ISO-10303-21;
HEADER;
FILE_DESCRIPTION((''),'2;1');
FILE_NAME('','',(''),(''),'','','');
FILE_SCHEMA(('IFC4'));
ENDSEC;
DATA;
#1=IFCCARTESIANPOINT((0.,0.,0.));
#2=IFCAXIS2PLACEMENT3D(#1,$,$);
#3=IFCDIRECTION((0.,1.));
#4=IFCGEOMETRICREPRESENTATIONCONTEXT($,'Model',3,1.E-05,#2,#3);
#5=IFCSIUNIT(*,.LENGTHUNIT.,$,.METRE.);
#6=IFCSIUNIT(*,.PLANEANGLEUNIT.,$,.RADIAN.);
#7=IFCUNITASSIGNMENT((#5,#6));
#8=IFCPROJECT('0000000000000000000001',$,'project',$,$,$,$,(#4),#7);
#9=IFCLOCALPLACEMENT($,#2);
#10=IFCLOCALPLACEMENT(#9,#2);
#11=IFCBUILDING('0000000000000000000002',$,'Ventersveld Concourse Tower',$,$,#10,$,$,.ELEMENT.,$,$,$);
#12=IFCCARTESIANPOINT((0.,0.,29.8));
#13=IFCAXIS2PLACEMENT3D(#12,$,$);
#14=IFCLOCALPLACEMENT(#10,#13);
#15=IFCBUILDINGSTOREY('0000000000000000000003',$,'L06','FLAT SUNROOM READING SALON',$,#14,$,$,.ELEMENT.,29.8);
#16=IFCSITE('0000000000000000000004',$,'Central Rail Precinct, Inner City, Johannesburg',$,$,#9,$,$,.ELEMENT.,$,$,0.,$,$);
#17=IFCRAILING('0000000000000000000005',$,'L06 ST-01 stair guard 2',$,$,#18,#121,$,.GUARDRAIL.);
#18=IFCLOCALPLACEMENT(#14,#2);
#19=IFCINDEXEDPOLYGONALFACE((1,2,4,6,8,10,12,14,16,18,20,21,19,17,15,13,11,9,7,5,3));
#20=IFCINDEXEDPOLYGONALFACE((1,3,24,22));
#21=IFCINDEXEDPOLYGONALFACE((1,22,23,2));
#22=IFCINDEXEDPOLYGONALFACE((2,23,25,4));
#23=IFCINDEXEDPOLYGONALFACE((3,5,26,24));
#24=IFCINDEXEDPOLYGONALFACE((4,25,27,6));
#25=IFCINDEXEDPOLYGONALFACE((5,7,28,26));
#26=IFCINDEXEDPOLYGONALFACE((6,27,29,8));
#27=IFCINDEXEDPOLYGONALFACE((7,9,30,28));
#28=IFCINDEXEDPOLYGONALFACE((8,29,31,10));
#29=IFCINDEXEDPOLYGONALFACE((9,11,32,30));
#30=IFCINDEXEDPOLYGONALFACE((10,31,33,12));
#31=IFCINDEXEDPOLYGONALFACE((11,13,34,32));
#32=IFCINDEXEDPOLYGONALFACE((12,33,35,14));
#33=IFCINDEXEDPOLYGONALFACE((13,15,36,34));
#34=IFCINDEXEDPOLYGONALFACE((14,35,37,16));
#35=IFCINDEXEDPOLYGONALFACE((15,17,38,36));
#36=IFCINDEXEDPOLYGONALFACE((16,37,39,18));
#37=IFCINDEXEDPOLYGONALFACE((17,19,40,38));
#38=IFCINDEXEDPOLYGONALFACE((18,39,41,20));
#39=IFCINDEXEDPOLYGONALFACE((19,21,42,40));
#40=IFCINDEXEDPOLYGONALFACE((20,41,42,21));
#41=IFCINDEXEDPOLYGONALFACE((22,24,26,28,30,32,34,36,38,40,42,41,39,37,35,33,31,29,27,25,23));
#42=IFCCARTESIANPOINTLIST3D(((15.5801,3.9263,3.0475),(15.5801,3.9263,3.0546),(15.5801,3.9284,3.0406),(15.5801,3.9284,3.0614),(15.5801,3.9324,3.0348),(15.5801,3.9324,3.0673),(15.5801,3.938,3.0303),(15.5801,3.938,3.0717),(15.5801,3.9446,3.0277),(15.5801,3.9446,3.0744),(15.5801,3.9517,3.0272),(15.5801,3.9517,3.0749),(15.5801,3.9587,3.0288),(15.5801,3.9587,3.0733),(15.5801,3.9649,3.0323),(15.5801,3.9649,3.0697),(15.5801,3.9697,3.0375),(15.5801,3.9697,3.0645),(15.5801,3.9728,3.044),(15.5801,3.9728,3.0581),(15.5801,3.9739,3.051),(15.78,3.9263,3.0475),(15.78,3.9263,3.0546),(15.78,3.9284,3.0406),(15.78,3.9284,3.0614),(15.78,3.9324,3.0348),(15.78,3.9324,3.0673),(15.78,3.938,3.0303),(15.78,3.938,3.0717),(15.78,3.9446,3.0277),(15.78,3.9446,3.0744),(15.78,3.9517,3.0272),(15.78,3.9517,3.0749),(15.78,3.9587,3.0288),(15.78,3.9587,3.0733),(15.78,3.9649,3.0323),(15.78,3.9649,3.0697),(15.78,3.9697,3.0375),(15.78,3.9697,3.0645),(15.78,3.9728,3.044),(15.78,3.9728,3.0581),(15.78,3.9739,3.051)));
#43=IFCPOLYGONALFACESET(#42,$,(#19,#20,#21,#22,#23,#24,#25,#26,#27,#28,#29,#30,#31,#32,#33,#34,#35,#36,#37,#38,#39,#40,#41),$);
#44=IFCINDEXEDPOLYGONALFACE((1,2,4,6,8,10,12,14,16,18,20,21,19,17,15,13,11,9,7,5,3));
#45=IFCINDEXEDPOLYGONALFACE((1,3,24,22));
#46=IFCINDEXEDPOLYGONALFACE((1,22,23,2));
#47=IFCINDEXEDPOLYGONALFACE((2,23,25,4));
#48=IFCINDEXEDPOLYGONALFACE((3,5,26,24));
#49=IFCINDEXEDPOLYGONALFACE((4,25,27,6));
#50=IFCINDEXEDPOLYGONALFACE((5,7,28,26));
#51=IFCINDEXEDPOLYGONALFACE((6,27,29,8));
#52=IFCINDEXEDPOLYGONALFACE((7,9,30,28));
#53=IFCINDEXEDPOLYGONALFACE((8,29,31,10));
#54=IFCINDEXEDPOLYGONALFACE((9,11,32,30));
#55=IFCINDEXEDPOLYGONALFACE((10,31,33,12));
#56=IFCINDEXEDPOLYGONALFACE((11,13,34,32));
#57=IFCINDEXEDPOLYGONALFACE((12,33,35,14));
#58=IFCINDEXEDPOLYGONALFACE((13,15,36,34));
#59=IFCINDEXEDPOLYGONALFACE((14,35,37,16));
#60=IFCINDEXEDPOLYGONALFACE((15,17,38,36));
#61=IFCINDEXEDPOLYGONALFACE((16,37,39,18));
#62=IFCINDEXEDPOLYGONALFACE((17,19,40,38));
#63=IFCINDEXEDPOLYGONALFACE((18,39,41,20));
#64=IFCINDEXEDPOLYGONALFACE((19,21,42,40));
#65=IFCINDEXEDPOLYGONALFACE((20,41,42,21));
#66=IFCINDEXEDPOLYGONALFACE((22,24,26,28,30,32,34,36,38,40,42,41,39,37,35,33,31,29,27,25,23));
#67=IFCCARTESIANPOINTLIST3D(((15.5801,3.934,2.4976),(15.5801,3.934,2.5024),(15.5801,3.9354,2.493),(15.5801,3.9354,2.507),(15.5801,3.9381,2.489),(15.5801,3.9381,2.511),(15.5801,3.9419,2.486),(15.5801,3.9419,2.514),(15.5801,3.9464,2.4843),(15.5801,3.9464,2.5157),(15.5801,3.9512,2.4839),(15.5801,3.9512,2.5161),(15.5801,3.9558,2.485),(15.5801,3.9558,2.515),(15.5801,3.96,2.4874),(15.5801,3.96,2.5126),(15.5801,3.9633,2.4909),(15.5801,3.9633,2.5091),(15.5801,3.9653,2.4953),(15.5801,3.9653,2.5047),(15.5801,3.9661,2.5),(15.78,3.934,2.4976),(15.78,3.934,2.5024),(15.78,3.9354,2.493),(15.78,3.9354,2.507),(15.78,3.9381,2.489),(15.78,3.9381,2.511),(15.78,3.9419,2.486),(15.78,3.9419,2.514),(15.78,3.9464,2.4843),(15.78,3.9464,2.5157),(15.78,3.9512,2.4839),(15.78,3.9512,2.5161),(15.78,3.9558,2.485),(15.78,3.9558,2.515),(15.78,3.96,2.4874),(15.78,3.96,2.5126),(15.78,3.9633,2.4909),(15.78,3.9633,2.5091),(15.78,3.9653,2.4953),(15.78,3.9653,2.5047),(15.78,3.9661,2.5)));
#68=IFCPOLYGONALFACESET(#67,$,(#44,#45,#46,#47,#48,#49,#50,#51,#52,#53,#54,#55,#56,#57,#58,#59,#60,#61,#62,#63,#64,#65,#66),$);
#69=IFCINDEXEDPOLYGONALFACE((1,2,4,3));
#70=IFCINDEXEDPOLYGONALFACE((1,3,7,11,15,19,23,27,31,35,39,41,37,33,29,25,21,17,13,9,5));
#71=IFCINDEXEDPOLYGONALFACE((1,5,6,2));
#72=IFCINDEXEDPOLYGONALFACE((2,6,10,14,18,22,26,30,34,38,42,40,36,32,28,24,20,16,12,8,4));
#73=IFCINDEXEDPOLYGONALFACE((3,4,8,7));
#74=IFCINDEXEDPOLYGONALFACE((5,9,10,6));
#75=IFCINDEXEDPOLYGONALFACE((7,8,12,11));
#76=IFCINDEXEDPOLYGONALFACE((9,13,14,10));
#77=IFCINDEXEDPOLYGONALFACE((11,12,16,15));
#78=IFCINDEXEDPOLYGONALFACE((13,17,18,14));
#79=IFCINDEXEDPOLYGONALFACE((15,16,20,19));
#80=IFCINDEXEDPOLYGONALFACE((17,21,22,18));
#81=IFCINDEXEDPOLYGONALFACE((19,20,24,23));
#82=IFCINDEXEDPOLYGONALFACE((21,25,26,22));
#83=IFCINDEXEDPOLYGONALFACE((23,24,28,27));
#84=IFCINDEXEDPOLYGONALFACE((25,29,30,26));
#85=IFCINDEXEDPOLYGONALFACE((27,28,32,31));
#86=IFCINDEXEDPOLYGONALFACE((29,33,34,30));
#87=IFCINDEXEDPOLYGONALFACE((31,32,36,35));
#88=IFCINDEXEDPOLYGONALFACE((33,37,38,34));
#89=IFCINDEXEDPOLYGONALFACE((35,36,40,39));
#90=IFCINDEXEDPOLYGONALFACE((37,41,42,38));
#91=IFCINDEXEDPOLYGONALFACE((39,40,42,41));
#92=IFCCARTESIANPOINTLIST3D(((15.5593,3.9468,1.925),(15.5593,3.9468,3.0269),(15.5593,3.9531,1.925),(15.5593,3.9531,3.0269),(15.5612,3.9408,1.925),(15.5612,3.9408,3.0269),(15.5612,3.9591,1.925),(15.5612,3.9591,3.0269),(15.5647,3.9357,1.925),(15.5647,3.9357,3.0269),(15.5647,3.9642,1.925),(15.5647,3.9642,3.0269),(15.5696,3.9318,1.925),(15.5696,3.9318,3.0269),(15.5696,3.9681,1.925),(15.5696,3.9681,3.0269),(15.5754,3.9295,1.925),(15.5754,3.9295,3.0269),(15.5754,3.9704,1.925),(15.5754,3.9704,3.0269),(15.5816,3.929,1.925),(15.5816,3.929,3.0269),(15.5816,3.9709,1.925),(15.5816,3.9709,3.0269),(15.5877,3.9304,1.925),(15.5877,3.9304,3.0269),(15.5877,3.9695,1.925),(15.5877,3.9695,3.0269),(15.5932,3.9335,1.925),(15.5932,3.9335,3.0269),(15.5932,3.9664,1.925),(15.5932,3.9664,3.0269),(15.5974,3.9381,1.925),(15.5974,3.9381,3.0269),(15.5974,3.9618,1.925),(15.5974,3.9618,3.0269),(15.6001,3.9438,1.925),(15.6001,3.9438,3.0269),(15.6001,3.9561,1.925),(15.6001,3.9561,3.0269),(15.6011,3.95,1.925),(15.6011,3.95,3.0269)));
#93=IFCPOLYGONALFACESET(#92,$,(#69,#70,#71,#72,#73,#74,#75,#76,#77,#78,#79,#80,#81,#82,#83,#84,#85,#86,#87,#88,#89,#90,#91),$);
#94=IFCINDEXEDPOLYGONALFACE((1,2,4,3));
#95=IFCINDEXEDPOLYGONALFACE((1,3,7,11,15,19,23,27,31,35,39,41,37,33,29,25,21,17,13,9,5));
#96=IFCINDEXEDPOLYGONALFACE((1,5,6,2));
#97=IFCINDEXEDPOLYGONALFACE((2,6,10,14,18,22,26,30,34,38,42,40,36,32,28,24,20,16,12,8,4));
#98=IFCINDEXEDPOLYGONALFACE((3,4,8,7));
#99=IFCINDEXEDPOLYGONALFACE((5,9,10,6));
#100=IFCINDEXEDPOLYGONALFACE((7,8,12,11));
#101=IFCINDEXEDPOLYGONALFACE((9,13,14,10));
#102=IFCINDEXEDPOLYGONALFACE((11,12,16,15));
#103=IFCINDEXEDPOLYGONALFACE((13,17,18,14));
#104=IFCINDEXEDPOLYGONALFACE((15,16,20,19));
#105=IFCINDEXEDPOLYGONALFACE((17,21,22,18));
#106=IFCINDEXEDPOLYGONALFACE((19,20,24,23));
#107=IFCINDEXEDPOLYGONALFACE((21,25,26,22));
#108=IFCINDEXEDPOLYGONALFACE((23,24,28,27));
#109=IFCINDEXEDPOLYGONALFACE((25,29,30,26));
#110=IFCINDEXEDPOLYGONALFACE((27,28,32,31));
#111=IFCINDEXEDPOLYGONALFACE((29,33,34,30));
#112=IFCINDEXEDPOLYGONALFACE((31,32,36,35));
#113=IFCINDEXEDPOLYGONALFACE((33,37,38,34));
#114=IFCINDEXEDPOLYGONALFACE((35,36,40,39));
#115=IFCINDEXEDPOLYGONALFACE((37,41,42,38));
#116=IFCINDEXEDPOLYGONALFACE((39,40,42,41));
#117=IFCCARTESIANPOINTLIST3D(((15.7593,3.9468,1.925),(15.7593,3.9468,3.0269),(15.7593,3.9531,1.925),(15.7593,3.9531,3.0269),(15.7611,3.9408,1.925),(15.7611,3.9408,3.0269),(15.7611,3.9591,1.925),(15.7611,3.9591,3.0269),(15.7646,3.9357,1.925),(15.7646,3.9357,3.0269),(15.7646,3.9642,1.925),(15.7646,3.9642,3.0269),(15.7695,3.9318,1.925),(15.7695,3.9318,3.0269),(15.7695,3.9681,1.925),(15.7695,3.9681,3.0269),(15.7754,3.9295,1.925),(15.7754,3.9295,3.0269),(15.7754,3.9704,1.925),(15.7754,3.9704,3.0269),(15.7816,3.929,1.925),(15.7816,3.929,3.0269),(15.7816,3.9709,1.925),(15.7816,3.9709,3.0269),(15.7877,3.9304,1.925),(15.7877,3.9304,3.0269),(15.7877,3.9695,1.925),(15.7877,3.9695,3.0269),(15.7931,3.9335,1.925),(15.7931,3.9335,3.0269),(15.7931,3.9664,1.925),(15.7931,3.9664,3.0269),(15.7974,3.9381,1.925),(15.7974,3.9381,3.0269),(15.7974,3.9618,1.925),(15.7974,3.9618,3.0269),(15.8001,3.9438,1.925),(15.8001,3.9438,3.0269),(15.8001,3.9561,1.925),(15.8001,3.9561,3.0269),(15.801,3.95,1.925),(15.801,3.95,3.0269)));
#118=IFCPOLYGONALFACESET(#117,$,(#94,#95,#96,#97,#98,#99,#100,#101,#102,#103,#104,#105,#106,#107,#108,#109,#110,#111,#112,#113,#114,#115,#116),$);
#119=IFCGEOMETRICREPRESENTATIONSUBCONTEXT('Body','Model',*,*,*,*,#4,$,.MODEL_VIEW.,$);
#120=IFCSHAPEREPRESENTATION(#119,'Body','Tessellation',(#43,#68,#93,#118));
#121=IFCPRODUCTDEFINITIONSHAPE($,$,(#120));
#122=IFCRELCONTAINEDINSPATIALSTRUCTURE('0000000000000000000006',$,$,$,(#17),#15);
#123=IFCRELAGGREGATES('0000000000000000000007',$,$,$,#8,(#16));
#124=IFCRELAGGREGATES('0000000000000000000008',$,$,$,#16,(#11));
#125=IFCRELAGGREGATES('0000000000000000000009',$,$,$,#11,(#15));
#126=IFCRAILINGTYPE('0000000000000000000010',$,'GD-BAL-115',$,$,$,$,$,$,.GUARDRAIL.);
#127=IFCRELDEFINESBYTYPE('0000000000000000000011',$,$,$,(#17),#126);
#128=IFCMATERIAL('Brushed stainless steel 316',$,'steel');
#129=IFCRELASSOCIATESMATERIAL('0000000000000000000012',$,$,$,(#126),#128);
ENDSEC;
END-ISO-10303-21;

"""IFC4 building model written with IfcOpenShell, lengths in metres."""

from ifc_helpers import new_model, si_unit, direction, frame, origin, origin_2d, place, context, subcontext, project, spatial, circle, extrude, material, type_object, element, save


model = new_model("IFC4")

# Units and contexts
model_context = context("Model", 3, precision=1e-05, world=origin(), true_north=direction((0.0, 1.0)))
body_context = subcontext(model_context, "Body", "Model", "MODEL_VIEW")
ifc_project = project(units=[si_unit("LENGTHUNIT", "METRE"), si_unit("PLANEANGLEUNIT", "RADIAN")], contexts=[model_context])

# Site, building, storey
site_placement = place(None, origin())
site = spatial("IfcSite", under=ifc_project, at=site_placement, Name="Central Rail Precinct, Inner City, Johannesburg", CompositionType="ELEMENT", RefElevation=0.0)
building_placement = place(site_placement, origin())
building = spatial("IfcBuilding", under=site, at=building_placement, Name="Ventersveld Concourse Tower", CompositionType="ELEMENT")
storey_placement = place(building_placement, frame((0.0, 0.0, 29.8)))
storey = spatial("IfcBuildingStorey", under=building, at=storey_placement, Name="L06", Description="FLAT SUNROOM READING SALON", CompositionType="ELEMENT", Elevation=29.8)

# Shared definitions
ifc_material_1 = material(Name="Brushed stainless steel 316", Category="steel")

# Railing
railing_type_1 = type_object("IfcRailingType", Name="GD-BAL-115", PredefinedType="GUARDRAIL", material=ifc_material_1)
railing_1_placement = place(storey_placement, frame((15.5801, 3.95, 1.925)))
element("IfcRailing", 1, at=railing_1_placement, inside=storey, type_object=railing_type_1, Name="L06 ST-01 stair guard 2", PredefinedType="GUARDRAIL", context=body_context, shape_type="SweptSolid", body=[
    extrude(circle(Radius=0.0239, at=origin_2d()), frame((0.0, 0.0, 1.126), z_axis=(1.0, 0.0, 0.0), x_axis=(0.0, 1.0, 0.0)), (0.0, 0.0, 1.0), 0.2),
    extrude(circle(Radius=0.0161, at=origin_2d()), frame((0.0, 0.0, 0.575), z_axis=(1.0, 0.0, 0.0), x_axis=(0.0, 1.0, 0.0)), (0.0, 0.0, 1.0), 0.2),
    extrude(circle(Radius=0.021, at=origin_2d()), origin(), (0.0, 0.0, 1.0), 1.1018),
    extrude(circle(Radius=0.021, at=origin_2d()), frame((0.2, 0.0, 0.0)), (0.0, 0.0, 1.0), 1.1018),
])

save(model, "model.ifc")
